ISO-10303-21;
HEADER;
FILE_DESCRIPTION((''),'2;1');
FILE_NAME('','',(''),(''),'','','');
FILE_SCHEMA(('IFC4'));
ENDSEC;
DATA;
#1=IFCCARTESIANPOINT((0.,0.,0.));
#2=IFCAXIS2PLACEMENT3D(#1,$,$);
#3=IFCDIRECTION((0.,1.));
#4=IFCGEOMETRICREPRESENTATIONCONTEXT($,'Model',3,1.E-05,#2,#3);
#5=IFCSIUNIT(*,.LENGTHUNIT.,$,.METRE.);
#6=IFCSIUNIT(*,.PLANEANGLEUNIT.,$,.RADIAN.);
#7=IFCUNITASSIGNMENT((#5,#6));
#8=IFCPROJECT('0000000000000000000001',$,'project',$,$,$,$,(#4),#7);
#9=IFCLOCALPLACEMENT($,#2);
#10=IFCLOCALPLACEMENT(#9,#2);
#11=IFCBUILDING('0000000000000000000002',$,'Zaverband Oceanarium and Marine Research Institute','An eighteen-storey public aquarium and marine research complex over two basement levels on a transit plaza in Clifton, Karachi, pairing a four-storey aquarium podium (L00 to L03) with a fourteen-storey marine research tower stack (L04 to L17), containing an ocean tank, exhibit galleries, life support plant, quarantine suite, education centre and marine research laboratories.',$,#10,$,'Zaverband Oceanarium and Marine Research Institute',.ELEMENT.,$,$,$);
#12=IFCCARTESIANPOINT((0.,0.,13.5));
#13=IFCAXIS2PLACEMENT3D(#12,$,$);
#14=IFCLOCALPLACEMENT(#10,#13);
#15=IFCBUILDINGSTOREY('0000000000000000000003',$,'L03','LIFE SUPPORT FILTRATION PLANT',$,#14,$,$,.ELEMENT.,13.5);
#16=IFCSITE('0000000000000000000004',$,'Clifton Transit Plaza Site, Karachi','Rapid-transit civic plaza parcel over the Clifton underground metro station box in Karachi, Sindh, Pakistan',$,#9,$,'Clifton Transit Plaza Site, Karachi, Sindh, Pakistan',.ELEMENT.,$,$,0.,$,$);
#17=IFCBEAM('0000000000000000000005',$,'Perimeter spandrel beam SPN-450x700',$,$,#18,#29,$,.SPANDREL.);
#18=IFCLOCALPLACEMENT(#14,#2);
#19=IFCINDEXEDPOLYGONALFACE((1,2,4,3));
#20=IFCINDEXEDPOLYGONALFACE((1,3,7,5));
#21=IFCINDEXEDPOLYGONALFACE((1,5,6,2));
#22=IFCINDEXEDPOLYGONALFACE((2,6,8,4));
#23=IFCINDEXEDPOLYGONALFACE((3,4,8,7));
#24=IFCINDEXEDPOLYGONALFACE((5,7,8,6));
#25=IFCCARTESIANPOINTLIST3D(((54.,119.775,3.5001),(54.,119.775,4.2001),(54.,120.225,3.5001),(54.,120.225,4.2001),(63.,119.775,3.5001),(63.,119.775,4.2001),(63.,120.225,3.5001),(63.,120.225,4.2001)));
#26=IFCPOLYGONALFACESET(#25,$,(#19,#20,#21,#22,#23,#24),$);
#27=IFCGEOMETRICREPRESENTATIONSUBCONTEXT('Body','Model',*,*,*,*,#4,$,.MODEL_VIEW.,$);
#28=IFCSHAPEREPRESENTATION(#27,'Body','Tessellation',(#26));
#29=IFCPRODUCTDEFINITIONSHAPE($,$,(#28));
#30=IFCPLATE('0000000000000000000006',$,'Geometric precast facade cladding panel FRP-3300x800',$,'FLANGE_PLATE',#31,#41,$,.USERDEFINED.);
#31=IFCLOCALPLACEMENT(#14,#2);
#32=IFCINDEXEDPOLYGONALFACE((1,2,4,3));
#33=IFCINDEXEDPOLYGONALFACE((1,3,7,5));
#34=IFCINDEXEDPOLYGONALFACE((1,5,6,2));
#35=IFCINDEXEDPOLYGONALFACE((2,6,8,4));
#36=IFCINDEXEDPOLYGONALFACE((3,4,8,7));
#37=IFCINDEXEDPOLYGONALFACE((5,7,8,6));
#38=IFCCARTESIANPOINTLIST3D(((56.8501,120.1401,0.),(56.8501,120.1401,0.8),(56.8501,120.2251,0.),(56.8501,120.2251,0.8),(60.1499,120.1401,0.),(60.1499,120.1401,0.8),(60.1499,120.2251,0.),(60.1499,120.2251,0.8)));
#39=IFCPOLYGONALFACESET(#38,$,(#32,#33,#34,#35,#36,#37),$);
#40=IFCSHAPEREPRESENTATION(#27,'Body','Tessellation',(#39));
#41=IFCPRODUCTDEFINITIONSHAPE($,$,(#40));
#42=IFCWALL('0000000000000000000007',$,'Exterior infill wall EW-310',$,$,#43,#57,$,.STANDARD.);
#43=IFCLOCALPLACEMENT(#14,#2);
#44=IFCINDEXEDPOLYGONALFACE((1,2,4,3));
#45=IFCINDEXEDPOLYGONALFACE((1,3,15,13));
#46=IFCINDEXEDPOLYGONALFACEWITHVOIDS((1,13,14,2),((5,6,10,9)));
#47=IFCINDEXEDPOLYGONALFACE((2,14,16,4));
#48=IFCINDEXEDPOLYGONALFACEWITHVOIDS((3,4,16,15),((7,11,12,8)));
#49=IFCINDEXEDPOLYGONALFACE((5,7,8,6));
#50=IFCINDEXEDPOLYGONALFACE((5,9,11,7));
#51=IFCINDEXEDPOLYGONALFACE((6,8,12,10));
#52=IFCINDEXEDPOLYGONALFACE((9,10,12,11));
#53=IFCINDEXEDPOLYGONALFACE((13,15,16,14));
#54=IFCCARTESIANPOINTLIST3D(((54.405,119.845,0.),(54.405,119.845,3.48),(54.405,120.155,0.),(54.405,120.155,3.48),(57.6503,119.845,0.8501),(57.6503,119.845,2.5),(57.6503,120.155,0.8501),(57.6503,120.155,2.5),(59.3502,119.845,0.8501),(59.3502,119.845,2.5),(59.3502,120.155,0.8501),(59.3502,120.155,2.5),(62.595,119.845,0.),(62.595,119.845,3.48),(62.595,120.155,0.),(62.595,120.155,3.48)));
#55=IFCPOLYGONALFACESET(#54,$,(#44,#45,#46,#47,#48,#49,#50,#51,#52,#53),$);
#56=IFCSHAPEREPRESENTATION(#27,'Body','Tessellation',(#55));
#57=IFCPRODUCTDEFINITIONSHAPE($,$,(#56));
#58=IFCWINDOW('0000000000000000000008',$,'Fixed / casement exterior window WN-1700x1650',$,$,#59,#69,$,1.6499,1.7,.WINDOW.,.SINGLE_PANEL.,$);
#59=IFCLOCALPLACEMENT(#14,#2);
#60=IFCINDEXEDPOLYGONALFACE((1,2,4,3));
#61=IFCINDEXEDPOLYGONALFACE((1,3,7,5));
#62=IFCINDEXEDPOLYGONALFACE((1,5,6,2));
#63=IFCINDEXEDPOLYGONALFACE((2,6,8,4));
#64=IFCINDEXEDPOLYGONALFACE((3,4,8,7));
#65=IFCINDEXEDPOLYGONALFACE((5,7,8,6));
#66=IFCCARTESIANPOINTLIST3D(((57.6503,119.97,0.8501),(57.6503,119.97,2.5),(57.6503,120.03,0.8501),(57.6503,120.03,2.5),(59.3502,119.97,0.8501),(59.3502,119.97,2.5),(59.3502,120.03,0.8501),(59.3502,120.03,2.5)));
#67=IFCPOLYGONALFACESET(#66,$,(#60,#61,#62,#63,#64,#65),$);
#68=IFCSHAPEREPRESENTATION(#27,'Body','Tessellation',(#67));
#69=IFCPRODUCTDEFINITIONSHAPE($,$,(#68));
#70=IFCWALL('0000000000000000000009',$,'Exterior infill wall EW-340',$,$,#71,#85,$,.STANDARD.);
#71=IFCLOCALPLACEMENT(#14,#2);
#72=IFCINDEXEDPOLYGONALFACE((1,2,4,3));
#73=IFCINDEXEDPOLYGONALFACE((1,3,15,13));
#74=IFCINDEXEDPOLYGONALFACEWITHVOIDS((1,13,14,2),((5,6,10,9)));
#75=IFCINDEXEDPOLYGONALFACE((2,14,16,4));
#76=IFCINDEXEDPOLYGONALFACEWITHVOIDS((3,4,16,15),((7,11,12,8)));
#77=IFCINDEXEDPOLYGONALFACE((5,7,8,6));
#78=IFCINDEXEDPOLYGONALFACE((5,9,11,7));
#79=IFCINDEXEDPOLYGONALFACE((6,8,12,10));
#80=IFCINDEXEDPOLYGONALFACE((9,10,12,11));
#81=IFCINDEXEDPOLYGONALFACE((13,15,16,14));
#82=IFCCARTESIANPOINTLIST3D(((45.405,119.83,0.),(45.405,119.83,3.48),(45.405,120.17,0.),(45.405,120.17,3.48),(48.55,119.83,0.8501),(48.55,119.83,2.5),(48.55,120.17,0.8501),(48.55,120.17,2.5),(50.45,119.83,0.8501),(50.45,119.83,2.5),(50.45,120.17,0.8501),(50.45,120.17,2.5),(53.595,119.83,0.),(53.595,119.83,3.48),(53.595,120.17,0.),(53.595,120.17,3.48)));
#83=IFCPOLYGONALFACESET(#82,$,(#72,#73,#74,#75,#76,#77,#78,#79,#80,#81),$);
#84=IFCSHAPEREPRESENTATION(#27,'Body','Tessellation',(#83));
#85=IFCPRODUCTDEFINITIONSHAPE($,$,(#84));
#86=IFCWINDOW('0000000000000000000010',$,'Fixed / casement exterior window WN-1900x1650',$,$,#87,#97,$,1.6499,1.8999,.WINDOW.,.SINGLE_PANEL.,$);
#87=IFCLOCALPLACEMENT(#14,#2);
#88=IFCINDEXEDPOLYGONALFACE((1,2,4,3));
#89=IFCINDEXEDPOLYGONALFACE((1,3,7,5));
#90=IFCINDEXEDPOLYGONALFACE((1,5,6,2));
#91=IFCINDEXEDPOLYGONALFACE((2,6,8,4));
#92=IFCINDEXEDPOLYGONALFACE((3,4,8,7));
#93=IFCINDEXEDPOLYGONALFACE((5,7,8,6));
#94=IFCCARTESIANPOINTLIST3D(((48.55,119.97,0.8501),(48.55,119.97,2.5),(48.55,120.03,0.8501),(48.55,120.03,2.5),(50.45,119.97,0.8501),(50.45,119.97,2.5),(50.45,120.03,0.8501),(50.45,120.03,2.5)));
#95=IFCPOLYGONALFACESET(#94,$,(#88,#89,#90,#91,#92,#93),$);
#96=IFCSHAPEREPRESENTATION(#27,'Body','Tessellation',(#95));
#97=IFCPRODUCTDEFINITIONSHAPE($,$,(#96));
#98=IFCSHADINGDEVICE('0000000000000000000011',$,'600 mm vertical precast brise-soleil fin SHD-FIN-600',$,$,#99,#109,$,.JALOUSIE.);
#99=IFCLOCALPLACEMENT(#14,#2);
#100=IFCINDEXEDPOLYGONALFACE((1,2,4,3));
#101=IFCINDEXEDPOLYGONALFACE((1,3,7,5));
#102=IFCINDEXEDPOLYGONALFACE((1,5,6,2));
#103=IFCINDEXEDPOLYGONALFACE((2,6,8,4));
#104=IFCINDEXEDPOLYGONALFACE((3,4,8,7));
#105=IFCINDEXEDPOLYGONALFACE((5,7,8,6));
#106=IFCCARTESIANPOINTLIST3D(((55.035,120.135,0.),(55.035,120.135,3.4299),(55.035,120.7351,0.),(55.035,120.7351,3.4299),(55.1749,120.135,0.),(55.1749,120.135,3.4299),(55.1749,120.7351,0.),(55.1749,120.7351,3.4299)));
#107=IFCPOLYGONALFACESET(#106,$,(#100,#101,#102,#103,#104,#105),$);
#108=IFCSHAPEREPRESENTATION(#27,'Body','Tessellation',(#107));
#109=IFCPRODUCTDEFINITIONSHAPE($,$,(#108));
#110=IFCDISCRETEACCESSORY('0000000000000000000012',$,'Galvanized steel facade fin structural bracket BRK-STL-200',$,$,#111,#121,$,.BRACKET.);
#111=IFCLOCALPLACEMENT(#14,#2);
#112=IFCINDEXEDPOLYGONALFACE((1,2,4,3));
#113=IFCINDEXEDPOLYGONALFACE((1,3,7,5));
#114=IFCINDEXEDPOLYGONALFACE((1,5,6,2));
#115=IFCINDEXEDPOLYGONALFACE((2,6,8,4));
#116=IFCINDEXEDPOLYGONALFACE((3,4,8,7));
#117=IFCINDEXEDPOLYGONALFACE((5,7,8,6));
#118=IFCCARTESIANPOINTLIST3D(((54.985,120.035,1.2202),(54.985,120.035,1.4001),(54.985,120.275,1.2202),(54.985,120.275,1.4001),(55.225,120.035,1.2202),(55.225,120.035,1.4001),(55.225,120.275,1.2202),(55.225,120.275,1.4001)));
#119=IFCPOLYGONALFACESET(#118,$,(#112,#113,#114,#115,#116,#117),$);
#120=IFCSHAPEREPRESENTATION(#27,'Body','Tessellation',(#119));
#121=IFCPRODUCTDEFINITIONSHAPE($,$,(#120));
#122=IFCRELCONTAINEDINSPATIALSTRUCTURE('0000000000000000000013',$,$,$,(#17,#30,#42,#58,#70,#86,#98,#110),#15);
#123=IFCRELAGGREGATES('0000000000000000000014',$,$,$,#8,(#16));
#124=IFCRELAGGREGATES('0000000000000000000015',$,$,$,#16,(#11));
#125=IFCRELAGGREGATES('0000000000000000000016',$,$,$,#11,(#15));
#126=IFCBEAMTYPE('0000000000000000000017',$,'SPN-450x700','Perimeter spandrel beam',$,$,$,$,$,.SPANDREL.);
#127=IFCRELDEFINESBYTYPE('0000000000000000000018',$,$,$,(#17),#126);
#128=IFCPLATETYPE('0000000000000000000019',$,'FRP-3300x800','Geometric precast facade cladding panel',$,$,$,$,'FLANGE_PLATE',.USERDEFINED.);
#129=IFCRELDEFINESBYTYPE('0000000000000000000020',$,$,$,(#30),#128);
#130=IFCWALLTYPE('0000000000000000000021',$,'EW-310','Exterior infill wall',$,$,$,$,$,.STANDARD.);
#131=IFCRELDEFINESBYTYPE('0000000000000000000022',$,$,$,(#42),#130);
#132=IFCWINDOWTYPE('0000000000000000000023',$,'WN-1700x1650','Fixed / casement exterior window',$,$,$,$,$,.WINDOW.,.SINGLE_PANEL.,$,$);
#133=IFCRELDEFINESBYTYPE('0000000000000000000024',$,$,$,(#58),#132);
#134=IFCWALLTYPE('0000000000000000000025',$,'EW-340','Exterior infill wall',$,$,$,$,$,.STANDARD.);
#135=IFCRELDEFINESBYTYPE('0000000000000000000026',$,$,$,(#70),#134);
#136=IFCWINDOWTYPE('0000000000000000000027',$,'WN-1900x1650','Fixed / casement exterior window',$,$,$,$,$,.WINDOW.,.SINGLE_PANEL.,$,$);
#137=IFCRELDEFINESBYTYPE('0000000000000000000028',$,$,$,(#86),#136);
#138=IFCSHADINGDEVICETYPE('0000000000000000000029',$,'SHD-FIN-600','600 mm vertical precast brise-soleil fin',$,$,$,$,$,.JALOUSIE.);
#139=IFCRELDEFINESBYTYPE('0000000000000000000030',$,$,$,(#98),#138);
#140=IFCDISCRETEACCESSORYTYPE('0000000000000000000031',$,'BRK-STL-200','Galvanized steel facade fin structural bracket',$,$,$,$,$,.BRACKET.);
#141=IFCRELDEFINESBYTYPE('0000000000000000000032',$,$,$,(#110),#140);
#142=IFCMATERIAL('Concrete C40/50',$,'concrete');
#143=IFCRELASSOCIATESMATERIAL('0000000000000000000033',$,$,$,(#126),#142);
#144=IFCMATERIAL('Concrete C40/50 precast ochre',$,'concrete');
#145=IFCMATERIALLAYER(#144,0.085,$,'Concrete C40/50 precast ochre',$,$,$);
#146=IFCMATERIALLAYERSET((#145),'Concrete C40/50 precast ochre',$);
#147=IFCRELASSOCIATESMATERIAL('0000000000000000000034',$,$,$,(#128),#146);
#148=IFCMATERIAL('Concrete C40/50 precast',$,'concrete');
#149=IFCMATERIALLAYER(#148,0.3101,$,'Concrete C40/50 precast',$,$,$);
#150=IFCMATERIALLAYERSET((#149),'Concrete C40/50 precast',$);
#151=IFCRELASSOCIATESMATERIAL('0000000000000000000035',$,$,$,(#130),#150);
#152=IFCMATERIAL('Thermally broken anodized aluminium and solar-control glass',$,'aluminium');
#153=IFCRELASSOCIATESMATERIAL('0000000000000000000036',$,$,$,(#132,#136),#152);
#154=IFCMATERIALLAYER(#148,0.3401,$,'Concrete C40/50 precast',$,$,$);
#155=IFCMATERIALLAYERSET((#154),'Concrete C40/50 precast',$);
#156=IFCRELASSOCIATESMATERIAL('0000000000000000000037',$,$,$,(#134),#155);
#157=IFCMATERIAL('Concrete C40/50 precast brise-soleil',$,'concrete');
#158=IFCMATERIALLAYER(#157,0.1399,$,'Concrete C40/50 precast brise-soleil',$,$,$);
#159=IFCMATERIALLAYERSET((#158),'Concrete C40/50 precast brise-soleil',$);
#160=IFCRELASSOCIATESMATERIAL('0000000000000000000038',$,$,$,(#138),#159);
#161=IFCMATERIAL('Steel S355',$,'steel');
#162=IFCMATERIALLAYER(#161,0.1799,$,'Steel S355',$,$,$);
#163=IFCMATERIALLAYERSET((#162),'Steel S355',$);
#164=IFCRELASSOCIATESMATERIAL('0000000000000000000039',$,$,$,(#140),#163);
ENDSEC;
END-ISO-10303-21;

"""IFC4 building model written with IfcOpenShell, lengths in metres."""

from ifc_helpers import new_model, si_unit, direction, frame, frame_2d, origin, origin_2d, place, context, subcontext, project, spatial, rectangle, extrude, material, layer, layer_set, material_profile, profile_set, type_object, element, fill, save


model = new_model("IFC4")

# Units and contexts
model_context = context("Model", 3, precision=1e-05, world=origin(), true_north=direction((0.0, 1.0)))
body_context = subcontext(model_context, "Body", "Model", "MODEL_VIEW")
ifc_project = project(units=[si_unit("LENGTHUNIT", "METRE"), si_unit("PLANEANGLEUNIT", "RADIAN")], contexts=[model_context])

# Site, building, storey
site_placement = place(None, origin())
site = spatial("IfcSite", under=ifc_project, at=site_placement, Name="Clifton Transit Plaza Site, Karachi", Description="Rapid-transit civic plaza parcel over the Clifton underground metro station box in Karachi, Sindh, Pakistan", LongName="Clifton Transit Plaza Site, Karachi, Sindh, Pakistan", CompositionType="ELEMENT", RefElevation=0.0)
building_placement = place(site_placement, origin())
building = spatial("IfcBuilding", under=site, at=building_placement, Name="Zaverband Oceanarium and Marine Research Institute", Description="An eighteen-storey public aquarium and marine research complex over two basement levels on a transit plaza in Clifton, Karachi, pairing a four-storey aquarium podium (L00 to L03) with a fourteen-storey marine research tower stack (L04 to L17), containing an ocean tank, exhibit galleries, life support plant, quarantine suite, education centre and marine research laboratories.", LongName="Zaverband Oceanarium and Marine Research Institute", CompositionType="ELEMENT")
storey_placement = place(building_placement, frame((0.0, 0.0, 13.5)))
storey = spatial("IfcBuildingStorey", under=building, at=storey_placement, Name="L03", Description="LIFE SUPPORT FILTRATION PLANT", CompositionType="ELEMENT", Elevation=13.5)

# Beam
ifc_material_1 = material(Name="Concrete C40/50", Category="concrete")
ifc_material_profile_1 = material_profile(ifc_material_1, rectangle(XDim=0.45, YDim=0.7, at=origin_2d()), Name="RC450x700")
ifc_profile_set_1 = profile_set([ifc_material_profile_1], Name="Concrete C40/50")
beam_type_1 = type_object("IfcBeamType", Name="SPN-450x700", Description="Perimeter spandrel beam", PredefinedType="SPANDREL", material=ifc_profile_set_1)
for number, where, z_axis, x_axis, name in (
    (1, (54.0, 120.0, 3.8501), (1.0, 0.0, 0.0), (0.0, 1.0, 0.0), "Perimeter spandrel beam SPN-450x700"),
):
    element("IfcBeam", number, at=place(storey_placement, frame(where, z_axis=z_axis, x_axis=x_axis)), inside=storey, type_object=beam_type_1, Name=name, PredefinedType="SPANDREL", context=body_context, shape_type="SweptSolid", body=[
        extrude(rectangle(XDim=0.45, YDim=0.7, at=origin_2d()), origin(), (0.0, 0.0, 1.0), 9.0),
    ])

# Plate
ifc_material_2 = material(Name="Concrete C40/50 precast ochre", Category="concrete")
ifc_layer_1 = layer(ifc_material_2, 0.085, Name="Concrete C40/50 precast ochre")
ifc_layer_set_1 = layer_set([ifc_layer_1], Name="Concrete C40/50 precast ochre")
plate_type = type_object("IfcPlateType", Name="FRP-3300x800", Description="Geometric precast facade cladding panel", ElementType="FLANGE_PLATE", PredefinedType="USERDEFINED", material=ifc_layer_set_1)
plate_placement = place(storey_placement, frame((56.8501, 120.1826, 0.0), z_axis=(0.0, 0.0, 1.0), x_axis=(1.0, 0.0, 0.0)))
element("IfcPlate", 2, at=plate_placement, inside=storey, type_object=plate_type, Name="Geometric precast facade cladding panel FRP-3300x800", ObjectType="FLANGE_PLATE", PredefinedType="USERDEFINED", context=body_context, shape_type="SweptSolid", body=[
    extrude(rectangle(XDim=3.2998, YDim=0.085, at=frame_2d((1.6499, 0.0))), origin(), (0.0, 0.0, 1.0), 0.8),
])

# Walls, openings, windows
ifc_material_3 = material(Name="Concrete C40/50 precast", Category="concrete")
ifc_layer_2 = layer(ifc_material_3, 0.3101, Name="Concrete C40/50 precast")
ifc_layer_set_2 = layer_set([ifc_layer_2], Name="Concrete C40/50 precast")
wall_type_1 = type_object("IfcWallType", Name="EW-310", Description="Exterior infill wall", PredefinedType="STANDARD", material=ifc_layer_set_2)
wall_1_placement = place(storey_placement, frame((54.405, 120.0, 0.0), z_axis=(0.0, 0.0, 1.0), x_axis=(1.0, 0.0, 0.0)))
wall_1 = element("IfcWall", 3, at=wall_1_placement, inside=storey, type_object=wall_type_1, Name="Exterior infill wall EW-310", PredefinedType="STANDARD", context=body_context, shape_type="SweptSolid", body=[
    extrude(rectangle(XDim=8.1899, YDim=0.3101, at=frame_2d((4.095, 0.0))), origin(), (0.0, 0.0, 1.0), 3.48),
])
opening_1_placement = place(wall_1_placement, frame((3.2451, 0.0, 0.8501)))
opening_1 = element("IfcOpeningElement", 4, at=opening_1_placement, cuts=wall_1, PredefinedType="OPENING", context=body_context, shape_type="SweptSolid", body=[
    extrude(rectangle(XDim=1.7, YDim=1.6499, at=frame_2d((0.8501, 0.825))), frame((0.0, 0.167, 0.0), z_axis=(0.0, -1.0, 0.0), x_axis=(1.0, 0.0, 0.0)), (0.0, 0.0, 1.0), 0.334),
])
ifc_material_4 = material(Name="Thermally broken anodized aluminium and solar-control glass", Category="aluminium")
window_type_1 = type_object("IfcWindowType", Name="WN-1700x1650", Description="Fixed / casement exterior window", PartitioningType="SINGLE_PANEL", PredefinedType="WINDOW", material=ifc_material_4)
window_1_placement = place(opening_1_placement, origin())
window_1 = element("IfcWindow", 5, at=window_1_placement, inside=storey, type_object=window_type_1, Name="Fixed / casement exterior window WN-1700x1650", OverallHeight=1.6499, OverallWidth=1.7, PartitioningType="SINGLE_PANEL", PredefinedType="WINDOW", context=body_context, shape_type="SweptSolid", body=[
    extrude(rectangle(XDim=1.7, YDim=1.6499, at=frame_2d((0.8501, 0.825))), frame((0.0, 0.03, 0.0), z_axis=(0.0, -1.0, 0.0), x_axis=(1.0, 0.0, 0.0)), (0.0, 0.0, 1.0), 0.0601),
])
fill(opening_1, window_1)
ifc_layer_3 = layer(ifc_material_3, 0.3401, Name="Concrete C40/50 precast")
ifc_layer_set_3 = layer_set([ifc_layer_3], Name="Concrete C40/50 precast")
wall_type_2 = type_object("IfcWallType", Name="EW-340", Description="Exterior infill wall", PredefinedType="STANDARD", material=ifc_layer_set_3)
wall_2_placement = place(storey_placement, frame((45.405, 120.0, 0.0), z_axis=(0.0, 0.0, 1.0), x_axis=(1.0, 0.0, 0.0)))
wall_2 = element("IfcWall", 6, at=wall_2_placement, inside=storey, type_object=wall_type_2, Name="Exterior infill wall EW-340", PredefinedType="STANDARD", context=body_context, shape_type="SweptSolid", body=[
    extrude(rectangle(XDim=8.1899, YDim=0.3401, at=frame_2d((4.095, 0.0))), origin(), (0.0, 0.0, 1.0), 3.48),
])
opening_2_placement = place(wall_2_placement, frame((3.145, 0.0, 0.8501)))
opening_2 = element("IfcOpeningElement", 7, at=opening_2_placement, cuts=wall_2, PredefinedType="OPENING", context=body_context, shape_type="SweptSolid", body=[
    extrude(rectangle(XDim=1.8999, YDim=1.6499, at=frame_2d((0.95, 0.825))), frame((0.0, 0.1821, 0.0), z_axis=(0.0, -1.0, 0.0), x_axis=(1.0, 0.0, 0.0)), (0.0, 0.0, 1.0), 0.364),
])
window_type_2 = type_object("IfcWindowType", Name="WN-1900x1650", Description="Fixed / casement exterior window", PartitioningType="SINGLE_PANEL", PredefinedType="WINDOW", material=ifc_material_4)
window_2_placement = place(opening_2_placement, origin())
window_2 = element("IfcWindow", 8, at=window_2_placement, inside=storey, type_object=window_type_2, Name="Fixed / casement exterior window WN-1900x1650", OverallHeight=1.6499, OverallWidth=1.8999, PartitioningType="SINGLE_PANEL", PredefinedType="WINDOW", context=body_context, shape_type="SweptSolid", body=[
    extrude(rectangle(XDim=1.8999, YDim=1.6499, at=frame_2d((0.95, 0.825))), frame((0.0, 0.03, 0.0), z_axis=(0.0, -1.0, 0.0), x_axis=(1.0, 0.0, 0.0)), (0.0, 0.0, 1.0), 0.0601),
])
fill(opening_2, window_2)

# Shading device
ifc_material_5 = material(Name="Concrete C40/50 precast brise-soleil", Category="concrete")
ifc_layer_4 = layer(ifc_material_5, 0.1399, Name="Concrete C40/50 precast brise-soleil")
ifc_layer_set_4 = layer_set([ifc_layer_4], Name="Concrete C40/50 precast brise-soleil")
shading_device_type = type_object("IfcShadingDeviceType", Name="SHD-FIN-600", Description="600 mm vertical precast brise-soleil fin", PredefinedType="JALOUSIE", material=ifc_layer_set_4)
shading_device_placement = place(storey_placement, frame((55.105, 120.135, 0.0), z_axis=(0.0, 0.0, 1.0), x_axis=(0.0, 1.0, 0.0)))
element("IfcShadingDevice", 9, at=shading_device_placement, inside=storey, type_object=shading_device_type, Name="600 mm vertical precast brise-soleil fin SHD-FIN-600", PredefinedType="JALOUSIE", context=body_context, shape_type="SweptSolid", body=[
    extrude(rectangle(XDim=0.6001, YDim=0.1399, at=frame_2d((0.3, 0.0))), origin(), (0.0, 0.0, 1.0), 3.4299),
])

# Discrete accessory
ifc_material_6 = material(Name="Steel S355", Category="steel")
ifc_layer_5 = layer(ifc_material_6, 0.1799, Name="Steel S355")
ifc_layer_set_5 = layer_set([ifc_layer_5], Name="Steel S355")
discrete_accessory_type = type_object("IfcDiscreteAccessoryType", Name="BRK-STL-200", Description="Galvanized steel facade fin structural bracket", PredefinedType="BRACKET", material=ifc_layer_set_5)
discrete_accessory_placement = place(storey_placement, frame((55.105, 120.155, 1.2202), z_axis=(0.0, 0.0, 1.0), x_axis=(1.0, 0.0, 0.0)))
element("IfcDiscreteAccessory", 10, at=discrete_accessory_placement, inside=storey, type_object=discrete_accessory_type, Name="Galvanized steel facade fin structural bracket BRK-STL-200", PredefinedType="BRACKET", context=body_context, shape_type="SweptSolid", body=[
    extrude(rectangle(XDim=0.24, YDim=0.24, at=origin_2d()), origin(), (0.0, 0.0, 1.0), 0.1799),
])

save(model, "model.ifc")
